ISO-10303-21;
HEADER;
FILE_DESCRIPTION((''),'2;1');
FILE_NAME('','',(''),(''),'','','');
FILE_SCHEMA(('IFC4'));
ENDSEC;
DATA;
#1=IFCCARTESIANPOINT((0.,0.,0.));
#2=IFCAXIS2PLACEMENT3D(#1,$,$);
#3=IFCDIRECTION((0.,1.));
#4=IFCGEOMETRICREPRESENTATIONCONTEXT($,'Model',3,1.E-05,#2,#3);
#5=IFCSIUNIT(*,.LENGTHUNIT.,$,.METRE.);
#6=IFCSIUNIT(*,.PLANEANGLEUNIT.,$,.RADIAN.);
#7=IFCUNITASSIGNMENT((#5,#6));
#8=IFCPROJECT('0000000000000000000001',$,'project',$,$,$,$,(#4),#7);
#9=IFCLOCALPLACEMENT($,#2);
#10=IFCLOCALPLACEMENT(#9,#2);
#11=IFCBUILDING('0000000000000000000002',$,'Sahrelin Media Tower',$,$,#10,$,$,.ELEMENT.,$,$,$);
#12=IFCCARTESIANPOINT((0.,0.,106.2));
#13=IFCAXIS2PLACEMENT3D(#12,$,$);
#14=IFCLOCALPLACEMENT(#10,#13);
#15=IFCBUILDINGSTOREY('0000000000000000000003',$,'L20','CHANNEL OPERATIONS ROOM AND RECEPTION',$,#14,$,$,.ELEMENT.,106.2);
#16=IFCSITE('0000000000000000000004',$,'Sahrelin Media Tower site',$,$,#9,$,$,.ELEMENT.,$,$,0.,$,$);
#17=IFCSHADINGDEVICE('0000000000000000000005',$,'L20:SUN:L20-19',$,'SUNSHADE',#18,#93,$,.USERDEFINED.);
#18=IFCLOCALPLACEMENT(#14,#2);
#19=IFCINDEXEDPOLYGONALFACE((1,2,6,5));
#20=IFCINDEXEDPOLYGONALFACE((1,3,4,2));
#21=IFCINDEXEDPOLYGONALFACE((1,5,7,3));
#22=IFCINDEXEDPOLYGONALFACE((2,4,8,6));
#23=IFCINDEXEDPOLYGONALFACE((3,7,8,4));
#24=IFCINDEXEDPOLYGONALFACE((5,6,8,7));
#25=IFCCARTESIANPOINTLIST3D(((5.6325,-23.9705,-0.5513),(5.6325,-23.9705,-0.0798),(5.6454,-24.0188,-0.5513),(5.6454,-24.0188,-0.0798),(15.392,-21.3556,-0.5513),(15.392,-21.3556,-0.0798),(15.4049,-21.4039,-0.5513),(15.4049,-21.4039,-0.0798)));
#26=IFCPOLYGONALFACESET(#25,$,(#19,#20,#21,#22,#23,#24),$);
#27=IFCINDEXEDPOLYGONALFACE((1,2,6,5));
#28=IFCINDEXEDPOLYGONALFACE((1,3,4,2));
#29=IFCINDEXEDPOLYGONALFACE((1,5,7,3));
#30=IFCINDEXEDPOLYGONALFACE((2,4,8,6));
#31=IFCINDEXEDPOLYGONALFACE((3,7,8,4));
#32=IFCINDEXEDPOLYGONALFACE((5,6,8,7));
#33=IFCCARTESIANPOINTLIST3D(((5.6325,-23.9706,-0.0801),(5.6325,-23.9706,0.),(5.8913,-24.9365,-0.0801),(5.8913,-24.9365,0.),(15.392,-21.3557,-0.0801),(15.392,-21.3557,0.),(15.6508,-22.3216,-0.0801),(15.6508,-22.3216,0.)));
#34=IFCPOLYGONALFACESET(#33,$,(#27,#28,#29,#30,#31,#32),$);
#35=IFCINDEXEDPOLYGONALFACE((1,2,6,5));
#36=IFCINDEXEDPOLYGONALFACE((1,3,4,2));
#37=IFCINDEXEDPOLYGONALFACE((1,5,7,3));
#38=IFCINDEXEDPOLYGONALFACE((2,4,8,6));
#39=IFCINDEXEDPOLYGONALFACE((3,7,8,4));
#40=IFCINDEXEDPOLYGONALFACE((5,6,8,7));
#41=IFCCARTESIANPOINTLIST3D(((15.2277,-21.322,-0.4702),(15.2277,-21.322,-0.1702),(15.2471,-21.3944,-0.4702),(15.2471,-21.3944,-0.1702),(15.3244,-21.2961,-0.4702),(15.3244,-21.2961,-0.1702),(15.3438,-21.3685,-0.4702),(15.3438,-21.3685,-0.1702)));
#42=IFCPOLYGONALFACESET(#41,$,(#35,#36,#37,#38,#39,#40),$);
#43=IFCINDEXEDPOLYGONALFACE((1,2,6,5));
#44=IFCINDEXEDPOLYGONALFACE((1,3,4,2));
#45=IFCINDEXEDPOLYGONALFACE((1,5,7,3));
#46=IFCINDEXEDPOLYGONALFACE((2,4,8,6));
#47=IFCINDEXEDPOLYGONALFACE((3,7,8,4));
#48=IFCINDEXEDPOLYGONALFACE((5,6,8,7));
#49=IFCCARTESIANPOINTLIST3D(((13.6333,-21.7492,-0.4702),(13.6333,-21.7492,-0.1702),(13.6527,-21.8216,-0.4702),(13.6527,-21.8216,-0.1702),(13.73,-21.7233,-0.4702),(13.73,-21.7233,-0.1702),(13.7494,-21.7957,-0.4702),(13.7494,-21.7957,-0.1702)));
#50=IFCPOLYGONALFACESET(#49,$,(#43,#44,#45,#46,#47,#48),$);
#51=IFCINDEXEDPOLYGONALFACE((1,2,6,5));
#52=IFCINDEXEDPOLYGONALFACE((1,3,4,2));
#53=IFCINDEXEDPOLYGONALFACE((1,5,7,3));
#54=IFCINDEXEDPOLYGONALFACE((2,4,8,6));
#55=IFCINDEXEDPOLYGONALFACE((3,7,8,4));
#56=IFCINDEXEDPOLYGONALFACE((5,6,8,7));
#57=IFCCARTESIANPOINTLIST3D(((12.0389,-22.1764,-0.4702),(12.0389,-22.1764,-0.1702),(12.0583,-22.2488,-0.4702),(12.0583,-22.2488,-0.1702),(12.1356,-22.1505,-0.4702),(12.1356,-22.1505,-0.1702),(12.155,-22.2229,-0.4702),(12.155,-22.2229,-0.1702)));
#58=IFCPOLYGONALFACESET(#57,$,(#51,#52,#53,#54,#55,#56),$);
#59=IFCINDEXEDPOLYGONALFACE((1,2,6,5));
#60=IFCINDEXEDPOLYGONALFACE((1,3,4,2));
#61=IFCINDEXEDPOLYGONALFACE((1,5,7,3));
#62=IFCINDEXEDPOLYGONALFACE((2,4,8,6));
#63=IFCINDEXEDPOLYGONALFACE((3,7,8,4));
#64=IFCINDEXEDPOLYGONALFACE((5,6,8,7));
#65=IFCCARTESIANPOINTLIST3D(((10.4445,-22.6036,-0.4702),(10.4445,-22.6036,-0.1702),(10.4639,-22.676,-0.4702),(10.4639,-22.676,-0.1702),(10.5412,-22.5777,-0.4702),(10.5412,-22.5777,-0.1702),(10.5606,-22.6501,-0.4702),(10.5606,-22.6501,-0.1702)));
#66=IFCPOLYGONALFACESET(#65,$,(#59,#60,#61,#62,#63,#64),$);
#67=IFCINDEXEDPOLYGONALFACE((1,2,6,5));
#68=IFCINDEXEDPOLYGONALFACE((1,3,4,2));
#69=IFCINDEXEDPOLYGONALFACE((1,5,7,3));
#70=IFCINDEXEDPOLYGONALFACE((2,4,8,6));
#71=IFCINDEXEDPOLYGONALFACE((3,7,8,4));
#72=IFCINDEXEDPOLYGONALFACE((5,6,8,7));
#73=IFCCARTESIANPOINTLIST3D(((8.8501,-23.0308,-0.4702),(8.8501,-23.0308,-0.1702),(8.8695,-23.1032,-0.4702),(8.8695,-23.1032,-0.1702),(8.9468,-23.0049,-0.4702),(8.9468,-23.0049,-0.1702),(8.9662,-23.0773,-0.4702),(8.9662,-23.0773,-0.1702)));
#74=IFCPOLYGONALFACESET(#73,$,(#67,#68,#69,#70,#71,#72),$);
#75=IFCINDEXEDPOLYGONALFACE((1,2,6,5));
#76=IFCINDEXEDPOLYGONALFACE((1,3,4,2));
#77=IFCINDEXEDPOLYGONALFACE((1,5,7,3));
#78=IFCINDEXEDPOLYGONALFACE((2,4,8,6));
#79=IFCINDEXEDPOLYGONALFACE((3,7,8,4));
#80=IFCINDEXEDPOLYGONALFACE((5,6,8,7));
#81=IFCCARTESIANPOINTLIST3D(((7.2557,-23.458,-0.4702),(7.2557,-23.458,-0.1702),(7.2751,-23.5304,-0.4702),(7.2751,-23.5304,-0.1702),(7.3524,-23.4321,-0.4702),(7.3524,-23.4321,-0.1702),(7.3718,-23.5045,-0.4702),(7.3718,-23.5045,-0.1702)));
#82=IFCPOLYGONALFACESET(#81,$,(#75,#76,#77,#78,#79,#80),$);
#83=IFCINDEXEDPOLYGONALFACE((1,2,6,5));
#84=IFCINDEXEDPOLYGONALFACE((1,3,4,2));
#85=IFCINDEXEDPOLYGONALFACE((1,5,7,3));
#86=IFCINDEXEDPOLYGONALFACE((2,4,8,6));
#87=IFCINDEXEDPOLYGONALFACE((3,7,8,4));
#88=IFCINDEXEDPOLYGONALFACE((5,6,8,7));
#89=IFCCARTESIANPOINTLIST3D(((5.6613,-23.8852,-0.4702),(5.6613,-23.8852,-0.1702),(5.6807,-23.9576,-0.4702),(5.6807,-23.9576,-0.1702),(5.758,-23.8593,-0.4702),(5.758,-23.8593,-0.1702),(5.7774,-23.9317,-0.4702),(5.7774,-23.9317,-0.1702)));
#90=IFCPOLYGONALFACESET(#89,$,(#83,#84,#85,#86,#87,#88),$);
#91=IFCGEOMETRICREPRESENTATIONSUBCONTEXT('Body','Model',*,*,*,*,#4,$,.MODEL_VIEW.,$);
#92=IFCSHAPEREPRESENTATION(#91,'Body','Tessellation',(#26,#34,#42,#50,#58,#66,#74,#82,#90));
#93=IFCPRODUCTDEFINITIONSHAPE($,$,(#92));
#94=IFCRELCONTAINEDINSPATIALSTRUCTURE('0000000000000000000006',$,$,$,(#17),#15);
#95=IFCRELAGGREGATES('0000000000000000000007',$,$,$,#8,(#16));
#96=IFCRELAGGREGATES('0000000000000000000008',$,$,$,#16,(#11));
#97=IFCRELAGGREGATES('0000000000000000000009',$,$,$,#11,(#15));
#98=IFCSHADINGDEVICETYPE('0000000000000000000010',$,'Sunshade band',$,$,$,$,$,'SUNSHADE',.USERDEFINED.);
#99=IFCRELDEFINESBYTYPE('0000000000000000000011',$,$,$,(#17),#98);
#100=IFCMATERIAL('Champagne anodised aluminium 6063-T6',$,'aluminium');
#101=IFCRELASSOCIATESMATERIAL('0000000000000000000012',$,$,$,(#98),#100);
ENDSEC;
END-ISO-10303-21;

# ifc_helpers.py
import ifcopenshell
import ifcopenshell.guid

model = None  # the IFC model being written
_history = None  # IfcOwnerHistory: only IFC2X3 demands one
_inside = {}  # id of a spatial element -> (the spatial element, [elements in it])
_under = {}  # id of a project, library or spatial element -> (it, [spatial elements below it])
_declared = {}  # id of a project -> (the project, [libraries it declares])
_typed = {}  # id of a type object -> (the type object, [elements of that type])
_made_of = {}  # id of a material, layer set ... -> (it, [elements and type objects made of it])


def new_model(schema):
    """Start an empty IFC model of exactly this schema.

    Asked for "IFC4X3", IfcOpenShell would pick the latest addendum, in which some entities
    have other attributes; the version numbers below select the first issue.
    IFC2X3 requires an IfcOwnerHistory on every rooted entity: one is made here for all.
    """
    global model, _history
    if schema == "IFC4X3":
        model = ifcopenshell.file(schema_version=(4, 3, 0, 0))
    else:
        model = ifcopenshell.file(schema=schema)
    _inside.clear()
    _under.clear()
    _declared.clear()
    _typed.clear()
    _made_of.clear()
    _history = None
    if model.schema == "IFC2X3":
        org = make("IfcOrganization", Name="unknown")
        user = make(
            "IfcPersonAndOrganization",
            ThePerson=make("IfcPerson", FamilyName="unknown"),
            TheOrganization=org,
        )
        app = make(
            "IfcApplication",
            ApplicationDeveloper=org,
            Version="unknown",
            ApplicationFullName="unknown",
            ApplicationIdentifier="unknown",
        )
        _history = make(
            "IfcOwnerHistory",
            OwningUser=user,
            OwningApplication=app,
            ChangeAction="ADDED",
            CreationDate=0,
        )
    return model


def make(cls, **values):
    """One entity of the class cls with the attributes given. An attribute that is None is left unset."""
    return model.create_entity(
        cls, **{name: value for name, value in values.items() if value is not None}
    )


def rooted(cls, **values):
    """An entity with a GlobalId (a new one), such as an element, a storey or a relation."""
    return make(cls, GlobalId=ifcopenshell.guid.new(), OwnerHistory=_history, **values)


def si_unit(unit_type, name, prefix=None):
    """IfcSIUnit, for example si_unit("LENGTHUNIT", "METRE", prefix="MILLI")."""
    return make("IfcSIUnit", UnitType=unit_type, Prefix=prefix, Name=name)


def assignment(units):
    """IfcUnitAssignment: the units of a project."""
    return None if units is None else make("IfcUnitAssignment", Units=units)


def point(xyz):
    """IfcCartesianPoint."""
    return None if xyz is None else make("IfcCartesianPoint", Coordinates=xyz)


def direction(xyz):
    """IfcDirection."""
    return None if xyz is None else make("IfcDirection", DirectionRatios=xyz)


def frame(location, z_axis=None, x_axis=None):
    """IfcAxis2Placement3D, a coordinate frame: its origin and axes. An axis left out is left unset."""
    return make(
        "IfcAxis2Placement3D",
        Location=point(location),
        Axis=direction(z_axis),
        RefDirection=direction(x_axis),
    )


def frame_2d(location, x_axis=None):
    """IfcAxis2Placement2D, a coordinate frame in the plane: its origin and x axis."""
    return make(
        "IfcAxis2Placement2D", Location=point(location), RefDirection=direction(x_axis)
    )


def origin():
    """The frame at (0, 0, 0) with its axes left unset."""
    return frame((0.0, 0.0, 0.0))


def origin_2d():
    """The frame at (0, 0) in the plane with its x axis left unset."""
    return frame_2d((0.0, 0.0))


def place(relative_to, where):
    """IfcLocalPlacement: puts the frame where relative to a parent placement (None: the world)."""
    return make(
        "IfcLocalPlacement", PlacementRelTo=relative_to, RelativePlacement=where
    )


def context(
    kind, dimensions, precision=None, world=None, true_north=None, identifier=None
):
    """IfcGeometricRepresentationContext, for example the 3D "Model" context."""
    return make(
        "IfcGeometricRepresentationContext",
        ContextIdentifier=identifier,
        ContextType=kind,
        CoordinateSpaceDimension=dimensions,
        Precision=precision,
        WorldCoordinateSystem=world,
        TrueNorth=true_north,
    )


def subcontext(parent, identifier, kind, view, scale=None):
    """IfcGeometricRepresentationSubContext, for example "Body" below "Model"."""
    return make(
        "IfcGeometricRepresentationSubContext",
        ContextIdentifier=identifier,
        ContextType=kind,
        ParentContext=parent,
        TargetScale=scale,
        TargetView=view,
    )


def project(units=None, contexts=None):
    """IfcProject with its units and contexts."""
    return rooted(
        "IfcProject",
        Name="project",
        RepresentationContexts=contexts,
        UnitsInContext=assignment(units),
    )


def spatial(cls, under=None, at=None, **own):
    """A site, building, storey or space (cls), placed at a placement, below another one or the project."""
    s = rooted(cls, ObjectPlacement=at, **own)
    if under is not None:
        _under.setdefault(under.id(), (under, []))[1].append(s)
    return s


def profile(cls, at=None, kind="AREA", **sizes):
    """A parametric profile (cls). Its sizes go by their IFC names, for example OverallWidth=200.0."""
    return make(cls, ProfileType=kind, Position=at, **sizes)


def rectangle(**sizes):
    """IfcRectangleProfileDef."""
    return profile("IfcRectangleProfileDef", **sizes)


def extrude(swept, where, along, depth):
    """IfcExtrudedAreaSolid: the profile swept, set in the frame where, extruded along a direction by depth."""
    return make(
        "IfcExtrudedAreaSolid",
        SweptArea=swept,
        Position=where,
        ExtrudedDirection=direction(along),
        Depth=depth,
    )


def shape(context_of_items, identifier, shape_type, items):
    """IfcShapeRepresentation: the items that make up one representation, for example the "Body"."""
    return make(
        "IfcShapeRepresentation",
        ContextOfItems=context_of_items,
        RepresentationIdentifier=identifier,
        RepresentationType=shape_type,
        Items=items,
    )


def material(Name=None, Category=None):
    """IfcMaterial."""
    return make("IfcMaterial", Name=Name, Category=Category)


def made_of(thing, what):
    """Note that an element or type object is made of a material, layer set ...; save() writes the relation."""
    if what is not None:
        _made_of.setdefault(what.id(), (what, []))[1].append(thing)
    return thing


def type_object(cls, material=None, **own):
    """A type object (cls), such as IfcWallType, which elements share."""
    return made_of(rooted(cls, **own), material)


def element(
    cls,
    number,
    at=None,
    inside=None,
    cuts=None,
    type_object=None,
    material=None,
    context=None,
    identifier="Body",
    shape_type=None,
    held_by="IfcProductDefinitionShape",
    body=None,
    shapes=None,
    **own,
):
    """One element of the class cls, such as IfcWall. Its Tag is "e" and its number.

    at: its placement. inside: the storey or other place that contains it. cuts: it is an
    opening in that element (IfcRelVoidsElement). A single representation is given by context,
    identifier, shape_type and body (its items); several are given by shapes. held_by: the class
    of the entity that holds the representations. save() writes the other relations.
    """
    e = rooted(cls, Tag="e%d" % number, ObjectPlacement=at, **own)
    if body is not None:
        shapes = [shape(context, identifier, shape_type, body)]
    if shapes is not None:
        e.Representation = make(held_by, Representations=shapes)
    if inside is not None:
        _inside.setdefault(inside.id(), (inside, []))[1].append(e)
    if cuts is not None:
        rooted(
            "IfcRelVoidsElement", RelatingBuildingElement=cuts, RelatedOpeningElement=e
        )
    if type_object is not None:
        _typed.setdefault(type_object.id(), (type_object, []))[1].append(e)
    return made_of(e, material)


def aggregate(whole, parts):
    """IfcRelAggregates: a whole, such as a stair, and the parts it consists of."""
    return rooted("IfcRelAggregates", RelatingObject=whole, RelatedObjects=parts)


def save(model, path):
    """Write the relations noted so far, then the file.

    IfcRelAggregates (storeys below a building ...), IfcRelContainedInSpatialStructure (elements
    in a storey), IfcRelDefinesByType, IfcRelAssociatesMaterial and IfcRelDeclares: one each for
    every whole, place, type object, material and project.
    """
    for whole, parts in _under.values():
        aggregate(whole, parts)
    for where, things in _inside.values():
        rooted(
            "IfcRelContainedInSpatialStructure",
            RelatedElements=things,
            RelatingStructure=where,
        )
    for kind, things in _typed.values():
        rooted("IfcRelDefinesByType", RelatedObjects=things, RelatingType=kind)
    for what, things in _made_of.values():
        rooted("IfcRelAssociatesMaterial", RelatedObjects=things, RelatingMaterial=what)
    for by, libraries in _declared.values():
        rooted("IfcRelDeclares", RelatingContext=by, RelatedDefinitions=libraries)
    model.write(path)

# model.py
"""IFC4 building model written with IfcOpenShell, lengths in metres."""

from ifc_helpers import new_model, si_unit, direction, frame, origin, origin_2d, place, context, subcontext, project, spatial, rectangle, extrude, material, type_object, element, save


model = new_model("IFC4")

# Units and contexts
model_context = context("Model", 3, precision=1e-05, world=origin(), true_north=direction((0.0, 1.0)))
body_context = subcontext(model_context, "Body", "Model", "MODEL_VIEW")
ifc_project = project(units=[si_unit("LENGTHUNIT", "METRE"), si_unit("PLANEANGLEUNIT", "RADIAN")], contexts=[model_context])

# Site, building, storey
site_placement = place(None, origin())
site = spatial("IfcSite", under=ifc_project, at=site_placement, Name="Sahrelin Media Tower site", CompositionType="ELEMENT", RefElevation=0.0)
building_placement = place(site_placement, origin())
building = spatial("IfcBuilding", under=site, at=building_placement, Name="Sahrelin Media Tower", CompositionType="ELEMENT")
storey_placement = place(building_placement, frame((0.0, 0.0, 106.2)))
storey = spatial("IfcBuildingStorey", under=building, at=storey_placement, Name="L20", Description="CHANNEL OPERATIONS ROOM AND RECEPTION", CompositionType="ELEMENT", Elevation=106.2)

# Shared definitions
ifc_material_1 = material(Name="Champagne anodised aluminium 6063-T6", Category="aluminium")

# Shading device
placement = place(storey_placement, frame((10.5071, -22.6438, 0.0), z_axis=(0.0, 0.0, 1.0), x_axis=(-0.965929, -0.258808, 0.0)))
shading_device_type_1 = type_object("IfcShadingDeviceType", Name="Sunshade band", ElementType="SUNSHADE", PredefinedType="USERDEFINED", material=ifc_material_1)
element("IfcShadingDevice", 1, at=placement, inside=storey, type_object=shading_device_type_1, Name="L20:SUN:L20-19", ObjectType="SUNSHADE", PredefinedType="USERDEFINED", context=body_context, shape_type="SweptSolid", body=[
    extrude(rectangle(XDim=10.1038, YDim=0.05, at=origin_2d()), frame((0.0, 0.0449, -0.5513)), (0.0, 0.0, 1.0), 0.4714),
    extrude(rectangle(XDim=10.1038, YDim=1.0, at=origin_2d()), frame((0.0, 0.52, -0.0801)), (0.0, 0.0, 1.0), 0.0801),
    extrude(rectangle(XDim=0.1001, YDim=0.075, at=origin_2d()), frame((-4.9519, -0.0176, -0.4702)), (0.0, 0.0, 1.0), 0.3),
    extrude(rectangle(XDim=0.1001, YDim=0.075, at=origin_2d()), frame((-3.3013, -0.0176, -0.4702)), (0.0, 0.0, 1.0), 0.3),
    extrude(rectangle(XDim=0.1001, YDim=0.075, at=origin_2d()), frame((-1.6506, -0.0176, -0.4702)), (0.0, 0.0, 1.0), 0.3),
    extrude(rectangle(XDim=0.1001, YDim=0.075, at=origin_2d()), frame((0.0, -0.0176, -0.4702)), (0.0, 0.0, 1.0), 0.3),
    extrude(rectangle(XDim=0.1001, YDim=0.075, at=origin_2d()), frame((1.6506, -0.0176, -0.4702)), (0.0, 0.0, 1.0), 0.3),
    extrude(rectangle(XDim=0.1001, YDim=0.075, at=origin_2d()), frame((3.3013, -0.0176, -0.4702)), (0.0, 0.0, 1.0), 0.3),
    extrude(rectangle(XDim=0.1001, YDim=0.075, at=origin_2d()), frame((4.9519, -0.0176, -0.4702)), (0.0, 0.0, 1.0), 0.3),
])

save(model, "model.ifc")
